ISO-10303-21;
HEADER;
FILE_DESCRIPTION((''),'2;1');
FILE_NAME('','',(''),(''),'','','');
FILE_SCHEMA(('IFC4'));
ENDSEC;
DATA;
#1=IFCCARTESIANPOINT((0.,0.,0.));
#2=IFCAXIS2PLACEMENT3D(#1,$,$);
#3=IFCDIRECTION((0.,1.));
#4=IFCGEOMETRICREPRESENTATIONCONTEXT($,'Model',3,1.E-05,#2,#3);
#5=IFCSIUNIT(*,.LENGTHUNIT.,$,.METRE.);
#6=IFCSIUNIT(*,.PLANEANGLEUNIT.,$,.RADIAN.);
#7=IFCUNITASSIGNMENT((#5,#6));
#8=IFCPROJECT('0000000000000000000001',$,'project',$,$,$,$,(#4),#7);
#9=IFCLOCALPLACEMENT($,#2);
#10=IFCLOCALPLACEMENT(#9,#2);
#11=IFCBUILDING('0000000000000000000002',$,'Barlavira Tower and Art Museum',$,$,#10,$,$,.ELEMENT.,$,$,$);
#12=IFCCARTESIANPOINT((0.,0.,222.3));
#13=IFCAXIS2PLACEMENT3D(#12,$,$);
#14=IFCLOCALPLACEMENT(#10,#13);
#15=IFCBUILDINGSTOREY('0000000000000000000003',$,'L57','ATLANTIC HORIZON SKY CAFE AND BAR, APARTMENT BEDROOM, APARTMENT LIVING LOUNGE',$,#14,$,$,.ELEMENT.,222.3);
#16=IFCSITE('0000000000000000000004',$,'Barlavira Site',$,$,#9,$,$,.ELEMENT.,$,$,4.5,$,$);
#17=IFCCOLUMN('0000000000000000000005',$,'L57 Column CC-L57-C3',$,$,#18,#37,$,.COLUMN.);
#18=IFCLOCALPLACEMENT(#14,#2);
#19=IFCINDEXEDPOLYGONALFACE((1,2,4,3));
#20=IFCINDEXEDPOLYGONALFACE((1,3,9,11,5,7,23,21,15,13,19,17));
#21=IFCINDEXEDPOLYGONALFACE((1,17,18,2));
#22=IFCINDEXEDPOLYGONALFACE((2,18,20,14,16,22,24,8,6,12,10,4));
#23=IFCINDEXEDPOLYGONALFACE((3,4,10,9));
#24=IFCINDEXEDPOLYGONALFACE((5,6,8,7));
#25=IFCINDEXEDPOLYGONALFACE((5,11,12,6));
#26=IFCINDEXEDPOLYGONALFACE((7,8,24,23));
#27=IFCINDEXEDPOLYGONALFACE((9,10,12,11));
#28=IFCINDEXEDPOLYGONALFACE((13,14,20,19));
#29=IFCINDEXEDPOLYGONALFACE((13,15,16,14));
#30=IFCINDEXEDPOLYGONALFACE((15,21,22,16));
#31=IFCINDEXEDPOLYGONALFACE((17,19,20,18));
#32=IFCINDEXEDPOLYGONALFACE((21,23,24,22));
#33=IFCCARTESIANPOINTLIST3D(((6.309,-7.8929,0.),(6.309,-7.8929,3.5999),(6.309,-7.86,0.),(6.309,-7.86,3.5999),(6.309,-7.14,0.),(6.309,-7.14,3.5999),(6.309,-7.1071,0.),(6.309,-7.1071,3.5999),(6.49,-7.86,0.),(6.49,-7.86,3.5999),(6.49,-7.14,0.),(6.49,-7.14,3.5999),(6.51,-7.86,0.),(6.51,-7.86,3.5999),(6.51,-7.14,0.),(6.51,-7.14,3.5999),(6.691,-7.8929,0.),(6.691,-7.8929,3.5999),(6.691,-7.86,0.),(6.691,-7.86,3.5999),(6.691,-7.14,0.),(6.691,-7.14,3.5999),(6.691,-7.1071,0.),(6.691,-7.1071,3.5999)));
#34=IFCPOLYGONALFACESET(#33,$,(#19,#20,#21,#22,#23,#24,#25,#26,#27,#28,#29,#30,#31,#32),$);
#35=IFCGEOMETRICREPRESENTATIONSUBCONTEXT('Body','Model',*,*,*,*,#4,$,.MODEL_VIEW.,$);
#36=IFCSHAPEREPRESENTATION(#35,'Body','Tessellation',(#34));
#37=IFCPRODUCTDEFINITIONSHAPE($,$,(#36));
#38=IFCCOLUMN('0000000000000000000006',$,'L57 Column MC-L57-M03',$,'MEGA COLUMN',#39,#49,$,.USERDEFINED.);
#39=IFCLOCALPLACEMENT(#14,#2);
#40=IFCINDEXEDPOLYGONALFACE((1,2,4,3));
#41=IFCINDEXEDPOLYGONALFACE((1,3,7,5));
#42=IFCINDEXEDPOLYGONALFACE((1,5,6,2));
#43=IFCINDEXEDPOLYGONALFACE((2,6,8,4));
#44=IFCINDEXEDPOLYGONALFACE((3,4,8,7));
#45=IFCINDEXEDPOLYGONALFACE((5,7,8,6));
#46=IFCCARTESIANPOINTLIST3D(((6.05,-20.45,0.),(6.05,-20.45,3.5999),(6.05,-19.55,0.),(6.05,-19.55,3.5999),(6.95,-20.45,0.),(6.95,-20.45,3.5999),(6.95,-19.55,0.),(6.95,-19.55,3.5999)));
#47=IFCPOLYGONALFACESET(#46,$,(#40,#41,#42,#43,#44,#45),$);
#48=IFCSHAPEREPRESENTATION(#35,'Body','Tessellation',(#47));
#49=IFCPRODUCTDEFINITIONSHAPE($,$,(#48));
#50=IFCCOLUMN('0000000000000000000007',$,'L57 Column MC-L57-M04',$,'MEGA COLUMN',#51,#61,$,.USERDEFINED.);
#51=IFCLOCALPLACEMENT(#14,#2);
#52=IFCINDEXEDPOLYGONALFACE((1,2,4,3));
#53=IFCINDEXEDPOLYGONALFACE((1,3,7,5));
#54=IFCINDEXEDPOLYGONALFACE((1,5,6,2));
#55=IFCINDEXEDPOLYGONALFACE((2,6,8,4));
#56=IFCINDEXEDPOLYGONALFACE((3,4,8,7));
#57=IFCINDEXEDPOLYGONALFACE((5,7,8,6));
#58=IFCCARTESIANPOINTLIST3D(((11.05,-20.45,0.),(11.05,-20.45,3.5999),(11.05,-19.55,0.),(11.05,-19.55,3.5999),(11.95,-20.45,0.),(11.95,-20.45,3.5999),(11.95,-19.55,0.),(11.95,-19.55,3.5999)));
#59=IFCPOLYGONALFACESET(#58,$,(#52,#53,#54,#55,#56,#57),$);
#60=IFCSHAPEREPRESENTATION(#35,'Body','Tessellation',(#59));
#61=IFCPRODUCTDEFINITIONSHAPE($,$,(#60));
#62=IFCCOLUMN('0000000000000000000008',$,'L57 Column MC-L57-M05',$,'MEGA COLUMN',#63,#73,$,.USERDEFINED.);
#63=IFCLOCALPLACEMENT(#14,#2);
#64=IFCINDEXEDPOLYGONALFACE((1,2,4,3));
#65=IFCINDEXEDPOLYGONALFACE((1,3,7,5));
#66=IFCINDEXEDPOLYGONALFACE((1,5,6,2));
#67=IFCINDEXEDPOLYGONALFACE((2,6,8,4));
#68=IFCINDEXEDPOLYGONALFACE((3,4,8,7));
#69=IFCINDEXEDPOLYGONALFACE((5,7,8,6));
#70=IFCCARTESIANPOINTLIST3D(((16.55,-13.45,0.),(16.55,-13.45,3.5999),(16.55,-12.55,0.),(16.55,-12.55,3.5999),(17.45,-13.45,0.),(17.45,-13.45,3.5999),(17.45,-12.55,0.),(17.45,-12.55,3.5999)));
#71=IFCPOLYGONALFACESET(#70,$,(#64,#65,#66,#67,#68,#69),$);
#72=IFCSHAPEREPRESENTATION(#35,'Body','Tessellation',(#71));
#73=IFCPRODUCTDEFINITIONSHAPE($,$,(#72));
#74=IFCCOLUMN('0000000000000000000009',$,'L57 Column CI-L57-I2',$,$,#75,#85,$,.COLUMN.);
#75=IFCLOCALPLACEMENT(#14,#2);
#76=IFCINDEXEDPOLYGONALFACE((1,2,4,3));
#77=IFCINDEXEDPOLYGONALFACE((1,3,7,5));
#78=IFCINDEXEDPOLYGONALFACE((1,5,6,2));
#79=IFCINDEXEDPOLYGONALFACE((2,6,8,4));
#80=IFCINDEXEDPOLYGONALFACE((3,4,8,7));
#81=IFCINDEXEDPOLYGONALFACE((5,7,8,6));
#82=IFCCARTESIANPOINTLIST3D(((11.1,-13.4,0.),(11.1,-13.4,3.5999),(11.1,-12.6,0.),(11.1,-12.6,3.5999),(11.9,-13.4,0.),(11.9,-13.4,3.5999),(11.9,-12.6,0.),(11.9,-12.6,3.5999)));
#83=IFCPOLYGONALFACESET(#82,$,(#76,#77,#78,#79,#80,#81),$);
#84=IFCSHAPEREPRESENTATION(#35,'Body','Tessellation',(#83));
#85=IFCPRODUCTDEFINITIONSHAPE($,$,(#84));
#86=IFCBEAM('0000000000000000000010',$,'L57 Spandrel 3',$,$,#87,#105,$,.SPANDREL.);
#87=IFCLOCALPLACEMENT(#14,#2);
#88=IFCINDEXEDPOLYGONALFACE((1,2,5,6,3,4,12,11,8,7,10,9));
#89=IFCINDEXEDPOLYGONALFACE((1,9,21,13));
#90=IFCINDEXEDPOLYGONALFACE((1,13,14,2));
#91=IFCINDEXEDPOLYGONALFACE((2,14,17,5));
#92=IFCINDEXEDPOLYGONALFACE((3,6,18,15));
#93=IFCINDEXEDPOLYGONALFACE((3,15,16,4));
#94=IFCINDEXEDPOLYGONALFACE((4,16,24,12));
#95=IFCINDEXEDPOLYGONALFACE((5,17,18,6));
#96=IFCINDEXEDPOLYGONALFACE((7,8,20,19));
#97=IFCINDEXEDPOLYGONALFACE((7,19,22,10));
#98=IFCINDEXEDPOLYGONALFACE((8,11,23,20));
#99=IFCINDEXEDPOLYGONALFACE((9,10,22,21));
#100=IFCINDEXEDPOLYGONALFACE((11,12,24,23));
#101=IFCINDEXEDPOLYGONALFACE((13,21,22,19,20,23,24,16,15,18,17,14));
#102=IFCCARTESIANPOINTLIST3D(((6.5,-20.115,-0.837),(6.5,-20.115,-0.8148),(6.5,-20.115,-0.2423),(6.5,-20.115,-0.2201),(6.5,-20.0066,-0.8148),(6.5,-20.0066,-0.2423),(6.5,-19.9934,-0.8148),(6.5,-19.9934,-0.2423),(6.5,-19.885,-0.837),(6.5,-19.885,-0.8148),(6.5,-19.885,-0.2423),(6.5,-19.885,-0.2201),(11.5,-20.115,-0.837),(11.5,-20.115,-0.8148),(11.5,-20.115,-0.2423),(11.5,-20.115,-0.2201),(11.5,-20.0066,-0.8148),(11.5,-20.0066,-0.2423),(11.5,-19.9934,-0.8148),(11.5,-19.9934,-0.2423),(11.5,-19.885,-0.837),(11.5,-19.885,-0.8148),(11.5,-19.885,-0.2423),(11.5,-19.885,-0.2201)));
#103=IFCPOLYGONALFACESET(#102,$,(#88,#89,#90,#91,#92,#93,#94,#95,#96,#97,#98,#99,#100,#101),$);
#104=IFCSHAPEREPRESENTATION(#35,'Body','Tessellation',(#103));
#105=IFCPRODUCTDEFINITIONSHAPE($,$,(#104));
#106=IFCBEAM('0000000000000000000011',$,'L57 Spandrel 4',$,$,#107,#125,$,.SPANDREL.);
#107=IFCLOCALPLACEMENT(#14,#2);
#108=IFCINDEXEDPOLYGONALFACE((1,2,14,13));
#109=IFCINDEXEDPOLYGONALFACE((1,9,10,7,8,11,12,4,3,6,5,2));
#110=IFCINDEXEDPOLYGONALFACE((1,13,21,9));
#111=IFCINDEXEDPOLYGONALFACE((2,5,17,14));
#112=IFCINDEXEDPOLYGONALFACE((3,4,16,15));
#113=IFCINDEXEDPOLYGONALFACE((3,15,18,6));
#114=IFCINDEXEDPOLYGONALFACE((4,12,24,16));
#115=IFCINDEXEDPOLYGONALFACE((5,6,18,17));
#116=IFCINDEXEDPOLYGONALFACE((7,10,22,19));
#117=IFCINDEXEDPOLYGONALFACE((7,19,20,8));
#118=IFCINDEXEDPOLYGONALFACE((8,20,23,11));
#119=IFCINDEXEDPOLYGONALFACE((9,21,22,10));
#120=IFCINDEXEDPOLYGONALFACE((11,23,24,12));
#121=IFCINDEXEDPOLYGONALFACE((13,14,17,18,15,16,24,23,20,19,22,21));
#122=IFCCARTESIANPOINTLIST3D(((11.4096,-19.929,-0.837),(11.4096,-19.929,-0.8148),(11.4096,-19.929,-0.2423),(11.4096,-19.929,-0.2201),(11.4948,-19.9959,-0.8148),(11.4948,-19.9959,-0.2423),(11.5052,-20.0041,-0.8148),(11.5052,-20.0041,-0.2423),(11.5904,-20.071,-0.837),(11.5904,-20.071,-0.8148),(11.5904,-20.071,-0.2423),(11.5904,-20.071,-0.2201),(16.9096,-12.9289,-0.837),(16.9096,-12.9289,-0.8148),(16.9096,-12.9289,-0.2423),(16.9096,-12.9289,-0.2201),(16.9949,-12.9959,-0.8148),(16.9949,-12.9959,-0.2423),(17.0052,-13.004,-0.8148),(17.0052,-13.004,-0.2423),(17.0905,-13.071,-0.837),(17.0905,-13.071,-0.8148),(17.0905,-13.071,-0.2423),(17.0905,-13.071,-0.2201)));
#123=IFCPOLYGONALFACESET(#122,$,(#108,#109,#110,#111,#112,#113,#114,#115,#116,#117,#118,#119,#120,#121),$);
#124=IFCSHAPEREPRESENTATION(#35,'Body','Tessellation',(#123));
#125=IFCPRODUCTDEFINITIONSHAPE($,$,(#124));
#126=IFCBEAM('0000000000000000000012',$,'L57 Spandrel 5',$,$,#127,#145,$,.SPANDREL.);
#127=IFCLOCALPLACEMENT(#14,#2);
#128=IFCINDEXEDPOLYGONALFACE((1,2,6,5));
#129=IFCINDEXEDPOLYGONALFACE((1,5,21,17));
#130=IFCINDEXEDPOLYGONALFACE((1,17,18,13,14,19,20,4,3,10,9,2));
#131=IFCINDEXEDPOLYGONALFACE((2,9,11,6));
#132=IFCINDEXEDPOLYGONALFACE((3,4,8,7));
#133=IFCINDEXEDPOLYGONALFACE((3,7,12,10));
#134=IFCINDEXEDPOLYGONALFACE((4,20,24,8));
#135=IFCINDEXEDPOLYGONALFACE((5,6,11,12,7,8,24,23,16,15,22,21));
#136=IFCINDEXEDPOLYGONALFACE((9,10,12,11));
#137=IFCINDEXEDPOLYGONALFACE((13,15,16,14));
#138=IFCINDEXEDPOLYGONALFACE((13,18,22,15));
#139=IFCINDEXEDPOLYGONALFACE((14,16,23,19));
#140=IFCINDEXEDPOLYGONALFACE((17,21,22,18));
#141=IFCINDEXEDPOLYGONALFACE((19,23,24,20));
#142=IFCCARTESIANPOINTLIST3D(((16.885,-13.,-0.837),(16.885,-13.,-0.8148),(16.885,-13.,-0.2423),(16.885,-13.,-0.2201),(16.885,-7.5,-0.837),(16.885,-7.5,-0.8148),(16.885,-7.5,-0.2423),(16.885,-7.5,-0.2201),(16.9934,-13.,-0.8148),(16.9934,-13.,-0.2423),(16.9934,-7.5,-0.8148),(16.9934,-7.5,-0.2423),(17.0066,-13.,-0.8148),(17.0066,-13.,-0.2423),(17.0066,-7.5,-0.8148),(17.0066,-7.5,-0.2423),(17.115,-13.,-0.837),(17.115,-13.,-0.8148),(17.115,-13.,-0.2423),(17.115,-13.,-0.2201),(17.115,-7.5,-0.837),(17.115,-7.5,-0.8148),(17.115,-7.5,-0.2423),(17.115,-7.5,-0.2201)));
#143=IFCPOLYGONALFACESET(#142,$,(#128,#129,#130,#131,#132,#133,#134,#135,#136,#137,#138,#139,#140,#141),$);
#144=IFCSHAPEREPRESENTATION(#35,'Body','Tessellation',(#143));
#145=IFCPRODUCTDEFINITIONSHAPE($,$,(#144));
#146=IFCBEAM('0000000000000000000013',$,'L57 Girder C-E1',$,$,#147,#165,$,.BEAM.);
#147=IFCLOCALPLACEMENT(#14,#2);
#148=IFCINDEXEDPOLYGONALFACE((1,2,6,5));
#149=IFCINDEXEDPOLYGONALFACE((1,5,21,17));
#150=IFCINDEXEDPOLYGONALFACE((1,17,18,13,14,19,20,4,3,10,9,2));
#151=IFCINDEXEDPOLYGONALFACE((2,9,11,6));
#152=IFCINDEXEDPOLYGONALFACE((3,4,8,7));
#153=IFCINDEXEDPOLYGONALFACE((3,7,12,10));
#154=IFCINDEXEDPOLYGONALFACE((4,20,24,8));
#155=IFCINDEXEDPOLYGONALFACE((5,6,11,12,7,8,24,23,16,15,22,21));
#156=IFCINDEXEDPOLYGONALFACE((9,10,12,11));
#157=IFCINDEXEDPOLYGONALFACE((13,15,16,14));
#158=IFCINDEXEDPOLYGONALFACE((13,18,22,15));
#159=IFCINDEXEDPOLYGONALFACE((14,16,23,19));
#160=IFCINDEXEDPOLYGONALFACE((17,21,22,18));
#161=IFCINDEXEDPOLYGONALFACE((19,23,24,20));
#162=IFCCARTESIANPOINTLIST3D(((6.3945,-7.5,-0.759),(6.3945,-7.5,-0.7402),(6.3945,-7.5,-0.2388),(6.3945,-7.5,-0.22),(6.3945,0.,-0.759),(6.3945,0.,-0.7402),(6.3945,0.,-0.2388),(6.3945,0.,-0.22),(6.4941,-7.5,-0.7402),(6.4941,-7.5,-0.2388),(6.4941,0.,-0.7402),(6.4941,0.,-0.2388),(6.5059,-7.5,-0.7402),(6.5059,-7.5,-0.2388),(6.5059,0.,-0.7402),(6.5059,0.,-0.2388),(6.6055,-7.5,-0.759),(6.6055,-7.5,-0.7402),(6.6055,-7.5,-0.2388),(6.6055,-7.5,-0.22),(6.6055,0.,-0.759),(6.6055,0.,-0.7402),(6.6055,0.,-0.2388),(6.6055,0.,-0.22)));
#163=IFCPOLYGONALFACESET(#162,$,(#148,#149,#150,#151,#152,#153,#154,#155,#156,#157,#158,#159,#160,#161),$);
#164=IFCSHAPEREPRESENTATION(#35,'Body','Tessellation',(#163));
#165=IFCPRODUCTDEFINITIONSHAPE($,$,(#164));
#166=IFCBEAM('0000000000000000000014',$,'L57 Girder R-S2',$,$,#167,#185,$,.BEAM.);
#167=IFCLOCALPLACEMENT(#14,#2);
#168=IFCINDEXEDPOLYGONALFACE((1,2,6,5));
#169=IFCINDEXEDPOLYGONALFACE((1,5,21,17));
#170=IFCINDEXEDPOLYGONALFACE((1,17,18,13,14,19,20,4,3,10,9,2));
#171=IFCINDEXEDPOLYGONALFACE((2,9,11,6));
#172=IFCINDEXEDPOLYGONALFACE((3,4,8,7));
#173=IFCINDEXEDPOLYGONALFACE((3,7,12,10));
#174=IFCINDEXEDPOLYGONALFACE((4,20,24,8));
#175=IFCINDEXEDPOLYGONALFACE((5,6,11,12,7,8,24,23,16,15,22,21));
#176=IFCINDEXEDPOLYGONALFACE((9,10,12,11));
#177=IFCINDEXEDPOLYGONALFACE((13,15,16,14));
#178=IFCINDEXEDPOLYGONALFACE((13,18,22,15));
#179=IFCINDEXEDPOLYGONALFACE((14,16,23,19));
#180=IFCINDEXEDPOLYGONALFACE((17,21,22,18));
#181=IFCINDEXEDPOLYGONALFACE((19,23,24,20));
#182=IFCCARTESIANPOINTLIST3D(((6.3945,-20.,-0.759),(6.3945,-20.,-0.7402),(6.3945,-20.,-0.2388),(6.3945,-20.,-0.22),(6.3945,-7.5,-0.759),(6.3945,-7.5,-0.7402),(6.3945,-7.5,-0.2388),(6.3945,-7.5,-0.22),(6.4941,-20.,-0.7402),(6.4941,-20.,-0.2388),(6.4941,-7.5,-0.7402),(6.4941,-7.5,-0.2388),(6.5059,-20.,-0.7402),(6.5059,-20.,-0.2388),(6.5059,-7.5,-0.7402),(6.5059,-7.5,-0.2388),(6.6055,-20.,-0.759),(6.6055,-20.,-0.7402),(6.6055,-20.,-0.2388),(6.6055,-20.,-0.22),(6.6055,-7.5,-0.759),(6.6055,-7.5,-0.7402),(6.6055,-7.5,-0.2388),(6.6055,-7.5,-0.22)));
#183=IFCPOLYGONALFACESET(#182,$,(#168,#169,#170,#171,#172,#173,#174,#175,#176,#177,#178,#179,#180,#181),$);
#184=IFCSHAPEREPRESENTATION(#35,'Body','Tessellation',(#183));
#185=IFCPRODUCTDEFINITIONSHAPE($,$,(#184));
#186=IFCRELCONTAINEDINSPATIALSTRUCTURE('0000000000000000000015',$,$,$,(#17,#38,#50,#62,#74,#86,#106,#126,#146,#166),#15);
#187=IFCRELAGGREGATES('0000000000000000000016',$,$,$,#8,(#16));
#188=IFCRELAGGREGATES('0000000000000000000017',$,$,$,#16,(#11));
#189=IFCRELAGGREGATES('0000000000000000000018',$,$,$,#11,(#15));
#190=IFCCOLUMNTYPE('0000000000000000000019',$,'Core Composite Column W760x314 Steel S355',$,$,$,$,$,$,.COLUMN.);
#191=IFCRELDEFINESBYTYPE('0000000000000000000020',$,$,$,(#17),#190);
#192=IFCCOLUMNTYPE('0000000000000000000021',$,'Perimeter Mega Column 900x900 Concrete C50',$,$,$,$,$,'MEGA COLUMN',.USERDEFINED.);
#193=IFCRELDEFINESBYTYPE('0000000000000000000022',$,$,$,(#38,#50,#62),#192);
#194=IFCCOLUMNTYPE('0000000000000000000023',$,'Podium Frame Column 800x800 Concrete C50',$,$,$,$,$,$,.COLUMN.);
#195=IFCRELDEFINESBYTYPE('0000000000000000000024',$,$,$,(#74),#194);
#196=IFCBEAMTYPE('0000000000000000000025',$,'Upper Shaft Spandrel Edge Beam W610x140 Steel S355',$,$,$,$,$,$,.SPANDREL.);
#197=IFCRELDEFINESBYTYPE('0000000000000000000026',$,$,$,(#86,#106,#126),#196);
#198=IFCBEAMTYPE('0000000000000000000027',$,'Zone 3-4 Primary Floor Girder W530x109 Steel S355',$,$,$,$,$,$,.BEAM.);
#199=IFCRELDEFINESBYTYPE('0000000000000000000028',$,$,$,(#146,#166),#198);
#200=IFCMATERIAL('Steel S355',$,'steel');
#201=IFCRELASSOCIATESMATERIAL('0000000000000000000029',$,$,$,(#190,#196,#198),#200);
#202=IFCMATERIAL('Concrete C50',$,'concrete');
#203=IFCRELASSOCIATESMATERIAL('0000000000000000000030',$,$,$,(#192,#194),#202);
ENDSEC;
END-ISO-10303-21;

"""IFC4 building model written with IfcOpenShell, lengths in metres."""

from ifc_helpers import new_model, si_unit, direction, frame, origin, origin_2d, place, context, subcontext, project, spatial, rectangle, i_section, extrude, material, material_profile, profile_set, type_object, element, save


model = new_model("IFC4")

# Units and contexts
model_context = context("Model", 3, precision=1e-05, world=origin(), true_north=direction((0.0, 1.0)))
body_context = subcontext(model_context, "Body", "Model", "MODEL_VIEW")
ifc_project = project(units=[si_unit("LENGTHUNIT", "METRE"), si_unit("PLANEANGLEUNIT", "RADIAN")], contexts=[model_context])

# Site, building, storey
site_placement = place(None, origin())
site = spatial("IfcSite", under=ifc_project, at=site_placement, Name="Barlavira Site", CompositionType="ELEMENT", RefElevation=4.5)
building_placement = place(site_placement, origin())
building = spatial("IfcBuilding", under=site, at=building_placement, Name="Barlavira Tower and Art Museum", CompositionType="ELEMENT")
storey_placement = place(building_placement, frame((0.0, 0.0, 222.3)))
storey = spatial("IfcBuildingStorey", under=building, at=storey_placement, Name="L57", Description="ATLANTIC HORIZON SKY CAFE AND BAR, APARTMENT BEDROOM, APARTMENT LIVING LOUNGE", CompositionType="ELEMENT", Elevation=222.3)

# Columns
ifc_material_1 = material(Name="Steel S355", Category="steel")
ifc_material_profile_1 = material_profile(ifc_material_1, i_section(OverallWidth=0.3821, OverallDepth=0.7859, WebThickness=0.02, FlangeThickness=0.033, at=origin_2d()), Name="W760x314.0")
ifc_profile_set_1 = profile_set([ifc_material_profile_1], Name="Steel S355")
column_type_1 = type_object("IfcColumnType", Name="Core Composite Column W760x314 Steel S355", PredefinedType="COLUMN", material=ifc_profile_set_1)
column_1_placement = place(storey_placement, frame((6.5, -7.5, 0.0), z_axis=(0.0, 0.0, 1.0), x_axis=(1.0, 0.0, 0.0)))
element("IfcColumn", 1, at=column_1_placement, inside=storey, type_object=column_type_1, Name="L57 Column CC-L57-C3", PredefinedType="COLUMN", context=body_context, shape_type="SweptSolid", body=[
    extrude(i_section(OverallWidth=0.3821, OverallDepth=0.7859, WebThickness=0.02, FlangeThickness=0.033, at=origin_2d()), origin(), (0.0, 0.0, 1.0), 3.5999),
])
ifc_material_2 = material(Name="Concrete C50", Category="concrete")
ifc_material_profile_2 = material_profile(ifc_material_2, rectangle(XDim=0.8999, YDim=0.8999, at=origin_2d()), Name="RC-COL 900x900")
ifc_profile_set_2 = profile_set([ifc_material_profile_2], Name="Concrete C50")
column_type_2 = type_object("IfcColumnType", Name="Perimeter Mega Column 900x900 Concrete C50", ElementType="MEGA COLUMN", PredefinedType="USERDEFINED", material=ifc_profile_set_2)
for number, where, z_axis, x_axis, name in (
    (2, (6.5, -20.0, 0.0), (0.0, 0.0, 1.0), (1.0, 0.0, 0.0), "L57 Column MC-L57-M03"),
    (3, (11.5, -20.0, 0.0), (0.0, 0.0, 1.0), (1.0, 0.0, 0.0), "L57 Column MC-L57-M04"),
    (4, (17.0, -13.0, 0.0), (0.0, 0.0, 1.0), (1.0, 0.0, 0.0), "L57 Column MC-L57-M05"),
):
    element("IfcColumn", number, at=place(storey_placement, frame(where, z_axis=z_axis, x_axis=x_axis)), inside=storey, type_object=column_type_2, Name=name, ObjectType="MEGA COLUMN", PredefinedType="USERDEFINED", context=body_context, shape_type="SweptSolid", body=[
        extrude(rectangle(XDim=0.8999, YDim=0.8999, at=origin_2d()), origin(), (0.0, 0.0, 1.0), 3.5999),
    ])
ifc_material_profile_3 = material_profile(ifc_material_2, rectangle(XDim=0.8, YDim=0.8, at=origin_2d()), Name="RC-COL 800x800")
ifc_profile_set_3 = profile_set([ifc_material_profile_3], Name="Concrete C50")
column_type_3 = type_object("IfcColumnType", Name="Podium Frame Column 800x800 Concrete C50", PredefinedType="COLUMN", material=ifc_profile_set_3)
column_2_placement = place(storey_placement, frame((11.5, -13.0, 0.0), z_axis=(0.0, 0.0, 1.0), x_axis=(1.0, 0.0, 0.0)))
element("IfcColumn", 5, at=column_2_placement, inside=storey, type_object=column_type_3, Name="L57 Column CI-L57-I2", PredefinedType="COLUMN", context=body_context, shape_type="SweptSolid", body=[
    extrude(rectangle(XDim=0.8, YDim=0.8, at=origin_2d()), origin(), (0.0, 0.0, 1.0), 3.5999),
])

# Beams
ifc_material_profile_4 = material_profile(ifc_material_1, i_section(OverallWidth=0.23, OverallDepth=0.6169, WebThickness=0.0132, FlangeThickness=0.0222, at=origin_2d()), Name="W610x140.0")
ifc_profile_set_4 = profile_set([ifc_material_profile_4], Name="Steel S355")
beam_type_1 = type_object("IfcBeamType", Name="Upper Shaft Spandrel Edge Beam W610x140 Steel S355", PredefinedType="SPANDREL", material=ifc_profile_set_4)
beam_1_placement = place(storey_placement, frame((6.5, -20.0, -0.5286), z_axis=(1.0, 0.0, 0.0), x_axis=(0.0, 1.0, 0.0)))
element("IfcBeam", 6, at=beam_1_placement, inside=storey, type_object=beam_type_1, Name="L57 Spandrel 3", PredefinedType="SPANDREL", context=body_context, shape_type="SweptSolid", body=[
    extrude(i_section(OverallWidth=0.23, OverallDepth=0.6169, WebThickness=0.0132, FlangeThickness=0.0222, at=origin_2d()), origin(), (0.0, 0.0, 1.0), 5.0),
])
beam_2_placement = place(storey_placement, frame((11.5, -20.0, -0.5286), z_axis=(0.617822, 0.786318, 0.0), x_axis=(-0.786318, 0.617822, 0.0)))
element("IfcBeam", 7, at=beam_2_placement, inside=storey, type_object=beam_type_1, Name="L57 Spandrel 4", PredefinedType="SPANDREL", context=body_context, shape_type="SweptSolid", body=[
    extrude(i_section(OverallWidth=0.23, OverallDepth=0.6169, WebThickness=0.0132, FlangeThickness=0.0222, at=origin_2d()), origin(), (0.0, 0.0, 1.0), 8.9023),
])
beam_3_placement = place(storey_placement, frame((17.0, -13.0, -0.5286), z_axis=(0.0, 1.0, 0.0), x_axis=(-1.0, 0.0, 0.0)))
element("IfcBeam", 8, at=beam_3_placement, inside=storey, type_object=beam_type_1, Name="L57 Spandrel 5", PredefinedType="SPANDREL", context=body_context, shape_type="SweptSolid", body=[
    extrude(i_section(OverallWidth=0.23, OverallDepth=0.6169, WebThickness=0.0132, FlangeThickness=0.0222, at=origin_2d()), origin(), (0.0, 0.0, 1.0), 5.5),
])
ifc_material_profile_5 = material_profile(ifc_material_1, i_section(OverallWidth=0.2109, OverallDepth=0.5391, WebThickness=0.0117, FlangeThickness=0.0188, at=origin_2d()), Name="W530x109.0")
ifc_profile_set_5 = profile_set([ifc_material_profile_5], Name="Steel S355")
beam_type_2 = type_object("IfcBeamType", Name="Zone 3-4 Primary Floor Girder W530x109 Steel S355", PredefinedType="BEAM", material=ifc_profile_set_5)
beam_4_placement = place(storey_placement, frame((6.5, -7.5, -0.4895), z_axis=(0.0, 1.0, 0.0), x_axis=(-1.0, 0.0, 0.0)))
element("IfcBeam", 9, at=beam_4_placement, inside=storey, type_object=beam_type_2, Name="L57 Girder C-E1", PredefinedType="BEAM", context=body_context, shape_type="SweptSolid", body=[
    extrude(i_section(OverallWidth=0.2109, OverallDepth=0.5391, WebThickness=0.0117, FlangeThickness=0.0188, at=origin_2d()), origin(), (0.0, 0.0, 1.0), 7.5),
])
beam_5_placement = place(storey_placement, frame((6.5, -20.0, -0.4895), z_axis=(0.0, 1.0, 0.0), x_axis=(-1.0, 0.0, 0.0)))
element("IfcBeam", 10, at=beam_5_placement, inside=storey, type_object=beam_type_2, Name="L57 Girder R-S2", PredefinedType="BEAM", context=body_context, shape_type="SweptSolid", body=[
    extrude(i_section(OverallWidth=0.2109, OverallDepth=0.5391, WebThickness=0.0117, FlangeThickness=0.0188, at=origin_2d()), origin(), (0.0, 0.0, 1.0), 12.5),
])

save(model, "model.ifc")
